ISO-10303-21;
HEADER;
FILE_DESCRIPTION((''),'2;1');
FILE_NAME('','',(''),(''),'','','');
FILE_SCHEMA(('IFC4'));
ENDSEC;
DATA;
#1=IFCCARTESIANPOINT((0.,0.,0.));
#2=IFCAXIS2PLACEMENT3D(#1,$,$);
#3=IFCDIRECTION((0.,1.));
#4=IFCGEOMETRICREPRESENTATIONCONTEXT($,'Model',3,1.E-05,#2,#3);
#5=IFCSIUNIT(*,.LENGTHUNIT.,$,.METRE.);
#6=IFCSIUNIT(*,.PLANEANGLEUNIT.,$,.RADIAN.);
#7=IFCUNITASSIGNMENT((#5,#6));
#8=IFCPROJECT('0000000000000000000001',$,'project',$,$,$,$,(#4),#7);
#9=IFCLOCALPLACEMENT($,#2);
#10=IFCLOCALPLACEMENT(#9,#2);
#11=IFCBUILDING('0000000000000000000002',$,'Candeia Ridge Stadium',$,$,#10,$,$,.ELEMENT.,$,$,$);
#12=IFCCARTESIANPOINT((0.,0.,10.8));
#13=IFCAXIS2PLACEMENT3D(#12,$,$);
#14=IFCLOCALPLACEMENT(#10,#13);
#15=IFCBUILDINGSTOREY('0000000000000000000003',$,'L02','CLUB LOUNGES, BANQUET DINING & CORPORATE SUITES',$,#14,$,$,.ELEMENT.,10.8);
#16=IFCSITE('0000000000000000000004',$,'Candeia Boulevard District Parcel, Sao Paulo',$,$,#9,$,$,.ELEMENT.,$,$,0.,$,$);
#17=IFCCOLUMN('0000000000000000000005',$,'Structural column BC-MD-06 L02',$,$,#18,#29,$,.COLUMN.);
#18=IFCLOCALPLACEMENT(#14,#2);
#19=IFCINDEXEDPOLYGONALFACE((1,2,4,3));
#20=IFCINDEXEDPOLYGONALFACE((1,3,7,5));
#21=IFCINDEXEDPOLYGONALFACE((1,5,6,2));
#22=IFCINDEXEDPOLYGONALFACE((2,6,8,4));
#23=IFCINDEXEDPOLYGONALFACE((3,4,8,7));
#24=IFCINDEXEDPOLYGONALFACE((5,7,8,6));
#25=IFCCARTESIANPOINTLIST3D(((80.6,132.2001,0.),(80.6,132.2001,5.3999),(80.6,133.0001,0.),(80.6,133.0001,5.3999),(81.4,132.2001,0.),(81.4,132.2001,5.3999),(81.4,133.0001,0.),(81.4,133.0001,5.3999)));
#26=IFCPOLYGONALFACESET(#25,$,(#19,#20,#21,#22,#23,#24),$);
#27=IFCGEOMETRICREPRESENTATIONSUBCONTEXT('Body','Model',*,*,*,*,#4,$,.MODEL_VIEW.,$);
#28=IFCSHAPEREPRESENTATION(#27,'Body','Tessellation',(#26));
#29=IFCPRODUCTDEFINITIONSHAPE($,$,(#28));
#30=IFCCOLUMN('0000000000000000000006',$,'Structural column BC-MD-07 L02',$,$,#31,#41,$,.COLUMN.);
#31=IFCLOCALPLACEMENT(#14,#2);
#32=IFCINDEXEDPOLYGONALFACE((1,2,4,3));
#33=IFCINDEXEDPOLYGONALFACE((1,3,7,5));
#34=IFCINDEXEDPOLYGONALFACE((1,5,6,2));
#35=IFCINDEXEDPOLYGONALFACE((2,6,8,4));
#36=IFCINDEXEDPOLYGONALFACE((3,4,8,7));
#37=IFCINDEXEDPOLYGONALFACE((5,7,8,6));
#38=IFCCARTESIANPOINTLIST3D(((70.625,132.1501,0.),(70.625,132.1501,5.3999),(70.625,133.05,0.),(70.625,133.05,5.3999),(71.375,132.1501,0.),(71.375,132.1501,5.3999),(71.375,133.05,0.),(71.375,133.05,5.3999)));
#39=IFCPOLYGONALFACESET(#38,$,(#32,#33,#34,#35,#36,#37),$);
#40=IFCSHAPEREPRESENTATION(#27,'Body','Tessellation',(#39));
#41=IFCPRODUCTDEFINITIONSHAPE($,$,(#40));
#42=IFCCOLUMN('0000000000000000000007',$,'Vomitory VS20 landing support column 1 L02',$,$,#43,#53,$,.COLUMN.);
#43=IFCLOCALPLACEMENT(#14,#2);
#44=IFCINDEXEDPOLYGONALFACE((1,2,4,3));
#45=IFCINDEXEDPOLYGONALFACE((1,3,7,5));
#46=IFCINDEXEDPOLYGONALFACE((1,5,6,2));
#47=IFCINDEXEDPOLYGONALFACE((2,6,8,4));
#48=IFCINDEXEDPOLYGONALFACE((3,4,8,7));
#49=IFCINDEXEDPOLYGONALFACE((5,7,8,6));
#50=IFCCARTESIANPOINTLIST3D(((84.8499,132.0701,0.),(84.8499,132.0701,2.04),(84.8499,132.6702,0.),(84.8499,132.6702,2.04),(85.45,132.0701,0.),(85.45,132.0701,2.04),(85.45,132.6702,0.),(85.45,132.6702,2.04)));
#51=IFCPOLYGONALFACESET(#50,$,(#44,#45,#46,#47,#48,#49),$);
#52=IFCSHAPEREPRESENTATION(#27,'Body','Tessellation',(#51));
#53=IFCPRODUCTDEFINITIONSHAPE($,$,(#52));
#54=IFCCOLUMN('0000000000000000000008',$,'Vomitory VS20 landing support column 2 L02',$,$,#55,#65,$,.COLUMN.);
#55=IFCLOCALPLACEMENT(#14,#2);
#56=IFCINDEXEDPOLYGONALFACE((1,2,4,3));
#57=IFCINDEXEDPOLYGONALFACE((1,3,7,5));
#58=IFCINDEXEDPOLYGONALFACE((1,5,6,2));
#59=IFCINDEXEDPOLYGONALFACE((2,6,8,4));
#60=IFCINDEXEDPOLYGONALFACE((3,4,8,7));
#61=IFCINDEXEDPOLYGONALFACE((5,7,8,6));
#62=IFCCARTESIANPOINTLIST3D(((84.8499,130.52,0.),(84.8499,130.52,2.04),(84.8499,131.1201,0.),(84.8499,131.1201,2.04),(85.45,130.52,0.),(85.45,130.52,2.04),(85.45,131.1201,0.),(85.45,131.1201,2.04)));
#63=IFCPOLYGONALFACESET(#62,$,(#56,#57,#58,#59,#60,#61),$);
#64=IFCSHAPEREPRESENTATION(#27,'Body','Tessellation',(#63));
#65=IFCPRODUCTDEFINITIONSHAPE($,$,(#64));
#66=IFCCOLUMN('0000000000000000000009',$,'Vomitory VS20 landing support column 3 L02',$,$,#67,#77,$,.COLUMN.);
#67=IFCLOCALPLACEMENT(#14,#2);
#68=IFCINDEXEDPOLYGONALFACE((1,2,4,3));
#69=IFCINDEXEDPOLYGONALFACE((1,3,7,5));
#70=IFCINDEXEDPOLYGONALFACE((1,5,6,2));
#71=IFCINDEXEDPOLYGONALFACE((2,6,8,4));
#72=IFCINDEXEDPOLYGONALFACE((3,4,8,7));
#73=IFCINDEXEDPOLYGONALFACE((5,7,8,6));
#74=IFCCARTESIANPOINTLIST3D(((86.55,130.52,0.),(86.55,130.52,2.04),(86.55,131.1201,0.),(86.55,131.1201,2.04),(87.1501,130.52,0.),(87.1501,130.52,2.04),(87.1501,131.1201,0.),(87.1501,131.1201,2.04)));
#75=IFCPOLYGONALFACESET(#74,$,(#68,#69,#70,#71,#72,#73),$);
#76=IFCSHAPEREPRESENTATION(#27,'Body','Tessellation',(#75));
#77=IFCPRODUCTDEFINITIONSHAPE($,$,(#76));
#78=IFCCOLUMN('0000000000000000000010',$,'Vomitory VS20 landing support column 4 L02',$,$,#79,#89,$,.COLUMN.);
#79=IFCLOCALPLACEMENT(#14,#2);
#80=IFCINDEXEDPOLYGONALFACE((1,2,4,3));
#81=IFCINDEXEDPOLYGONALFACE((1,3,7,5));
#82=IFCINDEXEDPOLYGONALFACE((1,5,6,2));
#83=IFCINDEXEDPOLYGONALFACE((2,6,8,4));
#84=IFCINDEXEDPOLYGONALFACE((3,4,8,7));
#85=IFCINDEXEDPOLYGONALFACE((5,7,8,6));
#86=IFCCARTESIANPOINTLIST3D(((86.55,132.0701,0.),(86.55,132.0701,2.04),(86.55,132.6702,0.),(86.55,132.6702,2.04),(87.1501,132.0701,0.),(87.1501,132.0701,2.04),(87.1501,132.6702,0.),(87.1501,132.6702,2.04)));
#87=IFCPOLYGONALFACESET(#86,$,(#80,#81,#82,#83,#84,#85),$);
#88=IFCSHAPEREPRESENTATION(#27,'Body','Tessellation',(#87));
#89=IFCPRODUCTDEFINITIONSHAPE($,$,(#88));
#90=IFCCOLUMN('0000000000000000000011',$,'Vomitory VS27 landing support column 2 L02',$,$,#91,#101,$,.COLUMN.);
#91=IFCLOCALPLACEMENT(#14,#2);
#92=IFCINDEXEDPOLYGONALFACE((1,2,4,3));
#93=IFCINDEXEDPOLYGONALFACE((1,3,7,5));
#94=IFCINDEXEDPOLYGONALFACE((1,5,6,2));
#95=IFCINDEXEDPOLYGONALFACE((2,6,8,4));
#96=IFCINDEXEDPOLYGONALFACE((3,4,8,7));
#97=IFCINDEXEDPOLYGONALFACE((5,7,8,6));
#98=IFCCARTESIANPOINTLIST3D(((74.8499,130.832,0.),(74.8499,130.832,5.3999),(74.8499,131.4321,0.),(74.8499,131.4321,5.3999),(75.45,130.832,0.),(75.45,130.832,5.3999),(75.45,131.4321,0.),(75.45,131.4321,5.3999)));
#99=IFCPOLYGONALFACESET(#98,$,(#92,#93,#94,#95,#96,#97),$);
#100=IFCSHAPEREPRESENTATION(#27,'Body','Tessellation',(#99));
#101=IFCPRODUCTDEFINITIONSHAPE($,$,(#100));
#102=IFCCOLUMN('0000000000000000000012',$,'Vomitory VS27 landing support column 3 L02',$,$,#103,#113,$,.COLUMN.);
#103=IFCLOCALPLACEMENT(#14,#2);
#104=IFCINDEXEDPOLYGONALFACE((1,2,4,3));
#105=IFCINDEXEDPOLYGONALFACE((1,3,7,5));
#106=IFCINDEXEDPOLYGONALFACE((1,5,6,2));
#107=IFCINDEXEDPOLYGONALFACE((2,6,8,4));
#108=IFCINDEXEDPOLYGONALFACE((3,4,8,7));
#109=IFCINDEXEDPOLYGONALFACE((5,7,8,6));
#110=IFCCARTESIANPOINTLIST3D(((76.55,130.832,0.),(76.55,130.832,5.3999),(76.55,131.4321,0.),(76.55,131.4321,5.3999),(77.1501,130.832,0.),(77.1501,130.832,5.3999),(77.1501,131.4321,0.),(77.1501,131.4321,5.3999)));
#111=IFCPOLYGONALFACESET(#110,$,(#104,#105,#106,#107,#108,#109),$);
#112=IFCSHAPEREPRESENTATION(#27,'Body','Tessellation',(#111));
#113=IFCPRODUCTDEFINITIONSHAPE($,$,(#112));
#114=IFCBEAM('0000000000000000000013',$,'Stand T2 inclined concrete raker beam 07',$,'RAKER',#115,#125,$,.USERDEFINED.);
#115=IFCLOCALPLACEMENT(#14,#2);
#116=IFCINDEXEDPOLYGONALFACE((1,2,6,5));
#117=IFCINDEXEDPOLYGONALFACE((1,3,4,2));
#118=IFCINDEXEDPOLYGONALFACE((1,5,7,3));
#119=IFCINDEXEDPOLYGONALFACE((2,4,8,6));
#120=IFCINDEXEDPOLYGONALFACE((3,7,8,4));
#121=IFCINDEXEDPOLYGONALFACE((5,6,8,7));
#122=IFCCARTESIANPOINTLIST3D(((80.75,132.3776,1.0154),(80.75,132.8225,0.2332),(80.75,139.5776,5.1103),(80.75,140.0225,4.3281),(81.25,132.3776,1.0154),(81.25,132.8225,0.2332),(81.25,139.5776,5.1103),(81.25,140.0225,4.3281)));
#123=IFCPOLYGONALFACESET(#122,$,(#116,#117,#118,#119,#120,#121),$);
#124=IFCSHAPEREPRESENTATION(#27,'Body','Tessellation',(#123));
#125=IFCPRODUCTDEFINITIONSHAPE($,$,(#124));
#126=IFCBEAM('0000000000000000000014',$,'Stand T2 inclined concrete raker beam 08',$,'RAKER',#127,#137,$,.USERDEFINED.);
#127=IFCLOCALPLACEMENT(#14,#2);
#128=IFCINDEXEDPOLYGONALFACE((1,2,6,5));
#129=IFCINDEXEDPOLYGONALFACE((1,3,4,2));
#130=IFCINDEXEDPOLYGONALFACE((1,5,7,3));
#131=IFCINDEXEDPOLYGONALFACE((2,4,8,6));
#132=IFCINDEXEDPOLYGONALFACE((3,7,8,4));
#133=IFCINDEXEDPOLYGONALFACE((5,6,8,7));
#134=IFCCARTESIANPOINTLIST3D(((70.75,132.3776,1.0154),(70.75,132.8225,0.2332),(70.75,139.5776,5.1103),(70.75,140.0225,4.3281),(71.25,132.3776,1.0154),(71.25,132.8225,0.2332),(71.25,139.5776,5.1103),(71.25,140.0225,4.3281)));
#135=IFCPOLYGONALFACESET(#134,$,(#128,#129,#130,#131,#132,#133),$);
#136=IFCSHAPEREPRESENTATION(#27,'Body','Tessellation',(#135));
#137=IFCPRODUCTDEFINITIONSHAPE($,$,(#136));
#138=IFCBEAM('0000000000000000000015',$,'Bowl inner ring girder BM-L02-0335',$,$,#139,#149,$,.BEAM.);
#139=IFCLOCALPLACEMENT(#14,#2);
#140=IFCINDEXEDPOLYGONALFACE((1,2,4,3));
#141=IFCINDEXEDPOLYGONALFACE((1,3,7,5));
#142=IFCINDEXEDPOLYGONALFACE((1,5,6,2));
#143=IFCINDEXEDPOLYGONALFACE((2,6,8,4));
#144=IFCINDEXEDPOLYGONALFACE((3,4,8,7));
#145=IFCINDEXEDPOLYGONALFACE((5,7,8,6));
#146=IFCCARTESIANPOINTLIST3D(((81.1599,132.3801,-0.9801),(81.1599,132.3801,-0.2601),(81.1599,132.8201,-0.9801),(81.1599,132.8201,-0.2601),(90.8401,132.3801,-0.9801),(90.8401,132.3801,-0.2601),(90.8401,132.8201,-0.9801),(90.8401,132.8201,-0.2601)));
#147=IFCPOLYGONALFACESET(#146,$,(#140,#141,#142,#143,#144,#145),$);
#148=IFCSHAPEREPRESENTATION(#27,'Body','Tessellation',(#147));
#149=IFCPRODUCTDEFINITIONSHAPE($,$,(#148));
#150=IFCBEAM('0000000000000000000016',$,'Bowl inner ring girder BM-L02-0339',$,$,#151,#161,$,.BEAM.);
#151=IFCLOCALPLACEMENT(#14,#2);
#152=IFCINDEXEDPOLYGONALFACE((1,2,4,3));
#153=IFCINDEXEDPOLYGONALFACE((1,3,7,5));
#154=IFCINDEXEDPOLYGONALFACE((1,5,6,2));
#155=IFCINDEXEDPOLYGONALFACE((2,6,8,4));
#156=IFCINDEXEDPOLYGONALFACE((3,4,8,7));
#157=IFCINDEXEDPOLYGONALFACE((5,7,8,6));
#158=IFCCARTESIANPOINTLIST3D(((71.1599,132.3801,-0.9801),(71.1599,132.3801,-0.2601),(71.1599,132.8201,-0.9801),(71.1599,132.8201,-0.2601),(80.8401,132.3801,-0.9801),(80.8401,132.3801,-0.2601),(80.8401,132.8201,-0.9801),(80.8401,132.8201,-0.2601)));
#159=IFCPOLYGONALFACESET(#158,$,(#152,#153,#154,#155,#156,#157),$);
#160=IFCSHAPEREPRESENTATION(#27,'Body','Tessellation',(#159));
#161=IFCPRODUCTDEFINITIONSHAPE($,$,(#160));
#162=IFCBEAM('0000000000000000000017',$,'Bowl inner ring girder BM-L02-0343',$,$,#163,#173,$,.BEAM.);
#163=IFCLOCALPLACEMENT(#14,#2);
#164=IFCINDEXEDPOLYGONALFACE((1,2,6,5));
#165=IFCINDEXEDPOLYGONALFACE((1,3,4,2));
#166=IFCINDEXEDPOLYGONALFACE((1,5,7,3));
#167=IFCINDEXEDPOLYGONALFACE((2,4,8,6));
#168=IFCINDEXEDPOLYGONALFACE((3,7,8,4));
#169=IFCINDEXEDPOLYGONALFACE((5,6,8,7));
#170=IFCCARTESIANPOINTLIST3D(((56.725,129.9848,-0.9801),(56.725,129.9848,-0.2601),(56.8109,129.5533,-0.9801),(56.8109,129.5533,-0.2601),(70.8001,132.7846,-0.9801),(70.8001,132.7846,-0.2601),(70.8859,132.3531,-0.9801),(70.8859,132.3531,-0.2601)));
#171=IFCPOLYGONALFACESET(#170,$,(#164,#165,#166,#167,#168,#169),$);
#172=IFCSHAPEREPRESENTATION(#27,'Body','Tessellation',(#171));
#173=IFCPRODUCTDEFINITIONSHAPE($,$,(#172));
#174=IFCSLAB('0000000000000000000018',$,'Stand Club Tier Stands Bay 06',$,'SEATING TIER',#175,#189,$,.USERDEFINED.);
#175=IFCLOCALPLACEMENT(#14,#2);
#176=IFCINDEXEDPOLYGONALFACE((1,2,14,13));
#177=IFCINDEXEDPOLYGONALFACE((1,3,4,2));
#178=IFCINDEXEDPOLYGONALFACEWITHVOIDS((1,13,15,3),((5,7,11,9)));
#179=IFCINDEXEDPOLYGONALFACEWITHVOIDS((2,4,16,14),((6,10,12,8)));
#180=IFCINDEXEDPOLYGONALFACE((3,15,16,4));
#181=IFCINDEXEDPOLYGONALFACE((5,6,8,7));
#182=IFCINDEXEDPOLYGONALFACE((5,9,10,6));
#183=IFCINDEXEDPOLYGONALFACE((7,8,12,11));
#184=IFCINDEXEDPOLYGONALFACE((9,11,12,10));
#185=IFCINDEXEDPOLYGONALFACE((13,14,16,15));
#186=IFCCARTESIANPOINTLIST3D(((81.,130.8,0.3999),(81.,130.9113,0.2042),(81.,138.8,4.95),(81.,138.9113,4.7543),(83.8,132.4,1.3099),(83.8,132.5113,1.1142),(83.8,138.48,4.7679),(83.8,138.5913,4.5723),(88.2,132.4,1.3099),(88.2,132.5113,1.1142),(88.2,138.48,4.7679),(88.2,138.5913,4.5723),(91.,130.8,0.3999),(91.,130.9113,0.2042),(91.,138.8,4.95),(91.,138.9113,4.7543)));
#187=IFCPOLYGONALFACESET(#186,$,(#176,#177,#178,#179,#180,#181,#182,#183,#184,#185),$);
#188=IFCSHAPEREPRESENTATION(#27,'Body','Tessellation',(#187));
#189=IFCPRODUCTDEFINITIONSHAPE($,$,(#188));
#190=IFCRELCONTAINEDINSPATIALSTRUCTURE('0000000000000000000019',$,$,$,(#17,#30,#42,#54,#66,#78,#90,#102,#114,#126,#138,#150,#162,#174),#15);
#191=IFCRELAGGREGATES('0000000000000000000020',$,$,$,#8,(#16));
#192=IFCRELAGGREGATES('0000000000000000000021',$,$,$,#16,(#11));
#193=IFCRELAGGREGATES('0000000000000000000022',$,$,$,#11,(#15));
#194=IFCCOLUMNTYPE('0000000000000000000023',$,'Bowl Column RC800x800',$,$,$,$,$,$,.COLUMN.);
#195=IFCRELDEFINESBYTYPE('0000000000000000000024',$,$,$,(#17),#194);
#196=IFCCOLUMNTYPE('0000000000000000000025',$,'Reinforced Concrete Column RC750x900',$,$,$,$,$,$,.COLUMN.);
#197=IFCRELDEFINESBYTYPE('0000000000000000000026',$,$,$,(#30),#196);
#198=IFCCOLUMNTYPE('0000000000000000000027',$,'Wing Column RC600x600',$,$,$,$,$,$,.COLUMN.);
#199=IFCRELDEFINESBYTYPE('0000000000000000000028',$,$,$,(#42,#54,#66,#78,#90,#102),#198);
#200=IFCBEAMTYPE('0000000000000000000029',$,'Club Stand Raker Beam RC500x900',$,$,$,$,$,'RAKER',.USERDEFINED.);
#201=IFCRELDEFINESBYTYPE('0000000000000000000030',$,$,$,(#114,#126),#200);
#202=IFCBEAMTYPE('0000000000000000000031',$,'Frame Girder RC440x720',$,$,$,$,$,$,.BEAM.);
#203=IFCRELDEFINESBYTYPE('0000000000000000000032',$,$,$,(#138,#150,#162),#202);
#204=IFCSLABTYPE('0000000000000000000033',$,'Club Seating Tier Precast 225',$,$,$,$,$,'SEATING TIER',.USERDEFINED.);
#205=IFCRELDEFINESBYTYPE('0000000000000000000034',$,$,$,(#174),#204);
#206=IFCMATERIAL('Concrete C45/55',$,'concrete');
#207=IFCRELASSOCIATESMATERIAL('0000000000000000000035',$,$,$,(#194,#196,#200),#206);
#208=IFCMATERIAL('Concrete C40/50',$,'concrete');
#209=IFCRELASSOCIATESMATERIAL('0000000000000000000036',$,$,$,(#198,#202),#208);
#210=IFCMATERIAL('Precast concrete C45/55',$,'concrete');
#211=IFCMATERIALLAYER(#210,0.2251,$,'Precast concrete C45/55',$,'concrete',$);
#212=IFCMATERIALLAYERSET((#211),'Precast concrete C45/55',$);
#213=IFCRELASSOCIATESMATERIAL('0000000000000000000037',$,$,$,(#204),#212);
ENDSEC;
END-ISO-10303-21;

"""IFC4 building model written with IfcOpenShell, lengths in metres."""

from ifc_helpers import new_model, si_unit, direction, frame, origin, origin_2d, place, context, subcontext, project, spatial, polyline, rectangle, outline, extrude, material, layer, layer_set, material_profile, profile_set, type_object, element, save


model = new_model("IFC4")

# Units and contexts
model_context = context("Model", 3, precision=1e-05, world=origin(), true_north=direction((0.0, 1.0)))
body_context = subcontext(model_context, "Body", "Model", "MODEL_VIEW")
ifc_project = project(units=[si_unit("LENGTHUNIT", "METRE"), si_unit("PLANEANGLEUNIT", "RADIAN")], contexts=[model_context])

# Site, building, storey
site_placement = place(None, origin())
site = spatial("IfcSite", under=ifc_project, at=site_placement, Name="Candeia Boulevard District Parcel, Sao Paulo", CompositionType="ELEMENT", RefElevation=0.0)
building_placement = place(site_placement, origin())
building = spatial("IfcBuilding", under=site, at=building_placement, Name="Candeia Ridge Stadium", CompositionType="ELEMENT")
storey_placement = place(building_placement, frame((0.0, 0.0, 10.8)))
storey = spatial("IfcBuildingStorey", under=building, at=storey_placement, Name="L02", Description="CLUB LOUNGES, BANQUET DINING & CORPORATE SUITES", CompositionType="ELEMENT", Elevation=10.8)

# Columns
ifc_material_1 = material(Name="Concrete C45/55", Category="concrete")
ifc_material_profile_1 = material_profile(ifc_material_1, rectangle(XDim=0.8, YDim=0.8, at=origin_2d()), Name="RC800x800", Category="concrete")
ifc_profile_set_1 = profile_set([ifc_material_profile_1], Name="Concrete C45/55")
column_type_1 = type_object("IfcColumnType", Name="Bowl Column RC800x800", PredefinedType="COLUMN", material=ifc_profile_set_1)
column_1_placement = place(storey_placement, frame((81.0, 132.6001, 0.0), z_axis=(0.0, 0.0, 1.0), x_axis=(1.0, 0.0, 0.0)))
element("IfcColumn", 1, at=column_1_placement, inside=storey, type_object=column_type_1, Name="Structural column BC-MD-06 L02", PredefinedType="COLUMN", context=body_context, shape_type="SweptSolid", body=[
    extrude(rectangle(XDim=0.8, YDim=0.8, at=origin_2d()), origin(), (0.0, 0.0, 1.0), 5.3999),
])
ifc_material_profile_2 = material_profile(ifc_material_1, rectangle(XDim=0.75, YDim=0.8999, at=origin_2d()), Name="RC750x900", Category="concrete")
ifc_profile_set_2 = profile_set([ifc_material_profile_2], Name="Concrete C45/55")
column_type_2 = type_object("IfcColumnType", Name="Reinforced Concrete Column RC750x900", PredefinedType="COLUMN", material=ifc_profile_set_2)
column_2_placement = place(storey_placement, frame((71.0, 132.6001, 0.0), z_axis=(0.0, 0.0, 1.0), x_axis=(1.0, 0.0, 0.0)))
element("IfcColumn", 2, at=column_2_placement, inside=storey, type_object=column_type_2, Name="Structural column BC-MD-07 L02", PredefinedType="COLUMN", context=body_context, shape_type="SweptSolid", body=[
    extrude(rectangle(XDim=0.75, YDim=0.8999, at=origin_2d()), origin(), (0.0, 0.0, 1.0), 5.3999),
])
ifc_material_2 = material(Name="Concrete C40/50", Category="concrete")
ifc_material_profile_3 = material_profile(ifc_material_2, rectangle(XDim=0.6001, YDim=0.6001, at=origin_2d()), Name="RC600x600", Category="concrete")
ifc_profile_set_3 = profile_set([ifc_material_profile_3], Name="Concrete C40/50")
column_type_3 = type_object("IfcColumnType", Name="Wing Column RC600x600", PredefinedType="COLUMN", material=ifc_profile_set_3)
for number, where, z_axis, x_axis, name in (
    (3, (85.1499, 132.3701, 0.0), (0.0, 0.0, 1.0), (1.0, 0.0, 0.0), "Vomitory VS20 landing support column 1 L02"),
    (4, (85.1499, 130.8201, 0.0), (0.0, 0.0, 1.0), (1.0, 0.0, 0.0), "Vomitory VS20 landing support column 2 L02"),
    (5, (86.8501, 130.8201, 0.0), (0.0, 0.0, 1.0), (1.0, 0.0, 0.0), "Vomitory VS20 landing support column 3 L02"),
    (6, (86.8501, 132.3701, 0.0), (0.0, 0.0, 1.0), (1.0, 0.0, 0.0), "Vomitory VS20 landing support column 4 L02"),
):
    element("IfcColumn", number, at=place(storey_placement, frame(where, z_axis=z_axis, x_axis=x_axis)), inside=storey, type_object=column_type_3, Name=name, PredefinedType="COLUMN", context=body_context, shape_type="SweptSolid", body=[
        extrude(rectangle(XDim=0.6001, YDim=0.6001, at=origin_2d()), origin(), (0.0, 0.0, 1.0), 2.04),
    ])
for number, where, z_axis, x_axis, name in (
    (7, (75.1499, 131.1321, 0.0), (0.0, 0.0, 1.0), (1.0, 0.0, 0.0), "Vomitory VS27 landing support column 2 L02"),
    (8, (76.8501, 131.1321, 0.0), (0.0, 0.0, 1.0), (1.0, 0.0, 0.0), "Vomitory VS27 landing support column 3 L02"),
):
    element("IfcColumn", number, at=place(storey_placement, frame(where, z_axis=z_axis, x_axis=x_axis)), inside=storey, type_object=column_type_3, Name=name, PredefinedType="COLUMN", context=body_context, shape_type="SweptSolid", body=[
        extrude(rectangle(XDim=0.6001, YDim=0.6001, at=origin_2d()), origin(), (0.0, 0.0, 1.0), 5.3999),
    ])

# Beams
ifc_material_profile_4 = material_profile(ifc_material_1, rectangle(XDim=0.5, YDim=0.8999, at=origin_2d()), Name="RC500x900", Category="concrete")
ifc_profile_set_4 = profile_set([ifc_material_profile_4], Name="Concrete C45/55")
beam_type_1 = type_object("IfcBeamType", Name="Club Stand Raker Beam RC500x900", ElementType="RAKER", PredefinedType="USERDEFINED", material=ifc_profile_set_4)
for number, where, z_axis, x_axis, name in (
    (9, (81.0, 132.6001, 0.6243), (0.0, 0.869244, 0.494383), (-1.0, 0.0, 0.0), "Stand T2 inclined concrete raker beam 07"),
    (10, (71.0, 132.6001, 0.6243), (0.0, 0.869244, 0.494383), (-1.0, 0.0, 0.0), "Stand T2 inclined concrete raker beam 08"),
):
    element("IfcBeam", number, at=place(storey_placement, frame(where, z_axis=z_axis, x_axis=x_axis)), inside=storey, type_object=beam_type_1, Name=name, ObjectType="RAKER", PredefinedType="USERDEFINED", context=body_context, shape_type="SweptSolid", body=[
        extrude(rectangle(XDim=0.5, YDim=0.8999, at=origin_2d()), origin(), (0.0, 0.0, 1.0), 8.283),
    ])
ifc_material_profile_5 = material_profile(ifc_material_2, rectangle(XDim=0.4399, YDim=0.72, at=origin_2d()), Name="RC440x720", Category="concrete")
ifc_profile_set_5 = profile_set([ifc_material_profile_5], Name="Concrete C40/50")
beam_type_2 = type_object("IfcBeamType", Name="Frame Girder RC440x720", PredefinedType="BEAM", material=ifc_profile_set_5)
for number, where, z_axis, x_axis, name in (
    (11, (90.8401, 132.6001, -0.6201), (-1.0, 0.0, 0.0), (0.0, -1.0, 0.0), "Bowl inner ring girder BM-L02-0335"),
    (12, (80.8401, 132.6001, -0.6201), (-1.0, 0.0, 0.0), (0.0, -1.0, 0.0), "Bowl inner ring girder BM-L02-0339"),
):
    element("IfcBeam", number, at=place(storey_placement, frame(where, z_axis=z_axis, x_axis=x_axis)), inside=storey, type_object=beam_type_2, Name=name, PredefinedType="BEAM", context=body_context, shape_type="SweptSolid", body=[
        extrude(rectangle(XDim=0.4399, YDim=0.72, at=origin_2d()), origin(), (0.0, 0.0, 1.0), 9.6802),
    ])
beam_placement = place(storey_placement, frame((70.843, 132.5688, -0.6201), z_axis=(-0.980784, -0.195099, 0.0), x_axis=(0.195099, -0.980784, 0.0)))
element("IfcBeam", 13, at=beam_placement, inside=storey, type_object=beam_type_2, Name="Bowl inner ring girder BM-L02-0343", PredefinedType="BEAM", context=body_context, shape_type="SweptSolid", body=[
    extrude(rectangle(XDim=0.4399, YDim=0.72, at=origin_2d()), origin(), (0.0, 0.0, 1.0), 14.3508),
])

# Slab
ifc_material_3 = material(Name="Precast concrete C45/55", Category="concrete")
ifc_layer_1 = layer(ifc_material_3, 0.2251, Name="Precast concrete C45/55", Category="concrete")
ifc_layer_set_1 = layer_set([ifc_layer_1], Name="Precast concrete C45/55")
slab_type = type_object("IfcSlabType", Name="Club Seating Tier Precast 225", ElementType="SEATING TIER", PredefinedType="USERDEFINED", material=ifc_layer_set_1)
slab_1_placement = place(storey_placement, frame((91.0, 130.8, 0.3999), z_axis=(0.0, -0.494387, 0.869242), x_axis=(-1.0, 0.0, 0.0)))
element("IfcSlab", 14, at=slab_1_placement, inside=storey, type_object=slab_type, Name="Stand Club Tier Stands Bay 06", ObjectType="SEATING TIER", PredefinedType="USERDEFINED", context=body_context, shape_type="SweptSolid", body=[
    extrude(outline(polyline([(0.0, 0.0), (10.0, 0.0), (10.0, -9.2034), (0.0, -9.2034), (0.0, 0.0)]), holes=[polyline([(2.8, -1.8406), (7.2, -1.8406), (7.2, -8.8353), (2.8, -8.8353), (2.8, -1.8406)])]), origin(), (0.0, 0.0, -1.0), 0.2251),
])

save(model, "model.ifc")
